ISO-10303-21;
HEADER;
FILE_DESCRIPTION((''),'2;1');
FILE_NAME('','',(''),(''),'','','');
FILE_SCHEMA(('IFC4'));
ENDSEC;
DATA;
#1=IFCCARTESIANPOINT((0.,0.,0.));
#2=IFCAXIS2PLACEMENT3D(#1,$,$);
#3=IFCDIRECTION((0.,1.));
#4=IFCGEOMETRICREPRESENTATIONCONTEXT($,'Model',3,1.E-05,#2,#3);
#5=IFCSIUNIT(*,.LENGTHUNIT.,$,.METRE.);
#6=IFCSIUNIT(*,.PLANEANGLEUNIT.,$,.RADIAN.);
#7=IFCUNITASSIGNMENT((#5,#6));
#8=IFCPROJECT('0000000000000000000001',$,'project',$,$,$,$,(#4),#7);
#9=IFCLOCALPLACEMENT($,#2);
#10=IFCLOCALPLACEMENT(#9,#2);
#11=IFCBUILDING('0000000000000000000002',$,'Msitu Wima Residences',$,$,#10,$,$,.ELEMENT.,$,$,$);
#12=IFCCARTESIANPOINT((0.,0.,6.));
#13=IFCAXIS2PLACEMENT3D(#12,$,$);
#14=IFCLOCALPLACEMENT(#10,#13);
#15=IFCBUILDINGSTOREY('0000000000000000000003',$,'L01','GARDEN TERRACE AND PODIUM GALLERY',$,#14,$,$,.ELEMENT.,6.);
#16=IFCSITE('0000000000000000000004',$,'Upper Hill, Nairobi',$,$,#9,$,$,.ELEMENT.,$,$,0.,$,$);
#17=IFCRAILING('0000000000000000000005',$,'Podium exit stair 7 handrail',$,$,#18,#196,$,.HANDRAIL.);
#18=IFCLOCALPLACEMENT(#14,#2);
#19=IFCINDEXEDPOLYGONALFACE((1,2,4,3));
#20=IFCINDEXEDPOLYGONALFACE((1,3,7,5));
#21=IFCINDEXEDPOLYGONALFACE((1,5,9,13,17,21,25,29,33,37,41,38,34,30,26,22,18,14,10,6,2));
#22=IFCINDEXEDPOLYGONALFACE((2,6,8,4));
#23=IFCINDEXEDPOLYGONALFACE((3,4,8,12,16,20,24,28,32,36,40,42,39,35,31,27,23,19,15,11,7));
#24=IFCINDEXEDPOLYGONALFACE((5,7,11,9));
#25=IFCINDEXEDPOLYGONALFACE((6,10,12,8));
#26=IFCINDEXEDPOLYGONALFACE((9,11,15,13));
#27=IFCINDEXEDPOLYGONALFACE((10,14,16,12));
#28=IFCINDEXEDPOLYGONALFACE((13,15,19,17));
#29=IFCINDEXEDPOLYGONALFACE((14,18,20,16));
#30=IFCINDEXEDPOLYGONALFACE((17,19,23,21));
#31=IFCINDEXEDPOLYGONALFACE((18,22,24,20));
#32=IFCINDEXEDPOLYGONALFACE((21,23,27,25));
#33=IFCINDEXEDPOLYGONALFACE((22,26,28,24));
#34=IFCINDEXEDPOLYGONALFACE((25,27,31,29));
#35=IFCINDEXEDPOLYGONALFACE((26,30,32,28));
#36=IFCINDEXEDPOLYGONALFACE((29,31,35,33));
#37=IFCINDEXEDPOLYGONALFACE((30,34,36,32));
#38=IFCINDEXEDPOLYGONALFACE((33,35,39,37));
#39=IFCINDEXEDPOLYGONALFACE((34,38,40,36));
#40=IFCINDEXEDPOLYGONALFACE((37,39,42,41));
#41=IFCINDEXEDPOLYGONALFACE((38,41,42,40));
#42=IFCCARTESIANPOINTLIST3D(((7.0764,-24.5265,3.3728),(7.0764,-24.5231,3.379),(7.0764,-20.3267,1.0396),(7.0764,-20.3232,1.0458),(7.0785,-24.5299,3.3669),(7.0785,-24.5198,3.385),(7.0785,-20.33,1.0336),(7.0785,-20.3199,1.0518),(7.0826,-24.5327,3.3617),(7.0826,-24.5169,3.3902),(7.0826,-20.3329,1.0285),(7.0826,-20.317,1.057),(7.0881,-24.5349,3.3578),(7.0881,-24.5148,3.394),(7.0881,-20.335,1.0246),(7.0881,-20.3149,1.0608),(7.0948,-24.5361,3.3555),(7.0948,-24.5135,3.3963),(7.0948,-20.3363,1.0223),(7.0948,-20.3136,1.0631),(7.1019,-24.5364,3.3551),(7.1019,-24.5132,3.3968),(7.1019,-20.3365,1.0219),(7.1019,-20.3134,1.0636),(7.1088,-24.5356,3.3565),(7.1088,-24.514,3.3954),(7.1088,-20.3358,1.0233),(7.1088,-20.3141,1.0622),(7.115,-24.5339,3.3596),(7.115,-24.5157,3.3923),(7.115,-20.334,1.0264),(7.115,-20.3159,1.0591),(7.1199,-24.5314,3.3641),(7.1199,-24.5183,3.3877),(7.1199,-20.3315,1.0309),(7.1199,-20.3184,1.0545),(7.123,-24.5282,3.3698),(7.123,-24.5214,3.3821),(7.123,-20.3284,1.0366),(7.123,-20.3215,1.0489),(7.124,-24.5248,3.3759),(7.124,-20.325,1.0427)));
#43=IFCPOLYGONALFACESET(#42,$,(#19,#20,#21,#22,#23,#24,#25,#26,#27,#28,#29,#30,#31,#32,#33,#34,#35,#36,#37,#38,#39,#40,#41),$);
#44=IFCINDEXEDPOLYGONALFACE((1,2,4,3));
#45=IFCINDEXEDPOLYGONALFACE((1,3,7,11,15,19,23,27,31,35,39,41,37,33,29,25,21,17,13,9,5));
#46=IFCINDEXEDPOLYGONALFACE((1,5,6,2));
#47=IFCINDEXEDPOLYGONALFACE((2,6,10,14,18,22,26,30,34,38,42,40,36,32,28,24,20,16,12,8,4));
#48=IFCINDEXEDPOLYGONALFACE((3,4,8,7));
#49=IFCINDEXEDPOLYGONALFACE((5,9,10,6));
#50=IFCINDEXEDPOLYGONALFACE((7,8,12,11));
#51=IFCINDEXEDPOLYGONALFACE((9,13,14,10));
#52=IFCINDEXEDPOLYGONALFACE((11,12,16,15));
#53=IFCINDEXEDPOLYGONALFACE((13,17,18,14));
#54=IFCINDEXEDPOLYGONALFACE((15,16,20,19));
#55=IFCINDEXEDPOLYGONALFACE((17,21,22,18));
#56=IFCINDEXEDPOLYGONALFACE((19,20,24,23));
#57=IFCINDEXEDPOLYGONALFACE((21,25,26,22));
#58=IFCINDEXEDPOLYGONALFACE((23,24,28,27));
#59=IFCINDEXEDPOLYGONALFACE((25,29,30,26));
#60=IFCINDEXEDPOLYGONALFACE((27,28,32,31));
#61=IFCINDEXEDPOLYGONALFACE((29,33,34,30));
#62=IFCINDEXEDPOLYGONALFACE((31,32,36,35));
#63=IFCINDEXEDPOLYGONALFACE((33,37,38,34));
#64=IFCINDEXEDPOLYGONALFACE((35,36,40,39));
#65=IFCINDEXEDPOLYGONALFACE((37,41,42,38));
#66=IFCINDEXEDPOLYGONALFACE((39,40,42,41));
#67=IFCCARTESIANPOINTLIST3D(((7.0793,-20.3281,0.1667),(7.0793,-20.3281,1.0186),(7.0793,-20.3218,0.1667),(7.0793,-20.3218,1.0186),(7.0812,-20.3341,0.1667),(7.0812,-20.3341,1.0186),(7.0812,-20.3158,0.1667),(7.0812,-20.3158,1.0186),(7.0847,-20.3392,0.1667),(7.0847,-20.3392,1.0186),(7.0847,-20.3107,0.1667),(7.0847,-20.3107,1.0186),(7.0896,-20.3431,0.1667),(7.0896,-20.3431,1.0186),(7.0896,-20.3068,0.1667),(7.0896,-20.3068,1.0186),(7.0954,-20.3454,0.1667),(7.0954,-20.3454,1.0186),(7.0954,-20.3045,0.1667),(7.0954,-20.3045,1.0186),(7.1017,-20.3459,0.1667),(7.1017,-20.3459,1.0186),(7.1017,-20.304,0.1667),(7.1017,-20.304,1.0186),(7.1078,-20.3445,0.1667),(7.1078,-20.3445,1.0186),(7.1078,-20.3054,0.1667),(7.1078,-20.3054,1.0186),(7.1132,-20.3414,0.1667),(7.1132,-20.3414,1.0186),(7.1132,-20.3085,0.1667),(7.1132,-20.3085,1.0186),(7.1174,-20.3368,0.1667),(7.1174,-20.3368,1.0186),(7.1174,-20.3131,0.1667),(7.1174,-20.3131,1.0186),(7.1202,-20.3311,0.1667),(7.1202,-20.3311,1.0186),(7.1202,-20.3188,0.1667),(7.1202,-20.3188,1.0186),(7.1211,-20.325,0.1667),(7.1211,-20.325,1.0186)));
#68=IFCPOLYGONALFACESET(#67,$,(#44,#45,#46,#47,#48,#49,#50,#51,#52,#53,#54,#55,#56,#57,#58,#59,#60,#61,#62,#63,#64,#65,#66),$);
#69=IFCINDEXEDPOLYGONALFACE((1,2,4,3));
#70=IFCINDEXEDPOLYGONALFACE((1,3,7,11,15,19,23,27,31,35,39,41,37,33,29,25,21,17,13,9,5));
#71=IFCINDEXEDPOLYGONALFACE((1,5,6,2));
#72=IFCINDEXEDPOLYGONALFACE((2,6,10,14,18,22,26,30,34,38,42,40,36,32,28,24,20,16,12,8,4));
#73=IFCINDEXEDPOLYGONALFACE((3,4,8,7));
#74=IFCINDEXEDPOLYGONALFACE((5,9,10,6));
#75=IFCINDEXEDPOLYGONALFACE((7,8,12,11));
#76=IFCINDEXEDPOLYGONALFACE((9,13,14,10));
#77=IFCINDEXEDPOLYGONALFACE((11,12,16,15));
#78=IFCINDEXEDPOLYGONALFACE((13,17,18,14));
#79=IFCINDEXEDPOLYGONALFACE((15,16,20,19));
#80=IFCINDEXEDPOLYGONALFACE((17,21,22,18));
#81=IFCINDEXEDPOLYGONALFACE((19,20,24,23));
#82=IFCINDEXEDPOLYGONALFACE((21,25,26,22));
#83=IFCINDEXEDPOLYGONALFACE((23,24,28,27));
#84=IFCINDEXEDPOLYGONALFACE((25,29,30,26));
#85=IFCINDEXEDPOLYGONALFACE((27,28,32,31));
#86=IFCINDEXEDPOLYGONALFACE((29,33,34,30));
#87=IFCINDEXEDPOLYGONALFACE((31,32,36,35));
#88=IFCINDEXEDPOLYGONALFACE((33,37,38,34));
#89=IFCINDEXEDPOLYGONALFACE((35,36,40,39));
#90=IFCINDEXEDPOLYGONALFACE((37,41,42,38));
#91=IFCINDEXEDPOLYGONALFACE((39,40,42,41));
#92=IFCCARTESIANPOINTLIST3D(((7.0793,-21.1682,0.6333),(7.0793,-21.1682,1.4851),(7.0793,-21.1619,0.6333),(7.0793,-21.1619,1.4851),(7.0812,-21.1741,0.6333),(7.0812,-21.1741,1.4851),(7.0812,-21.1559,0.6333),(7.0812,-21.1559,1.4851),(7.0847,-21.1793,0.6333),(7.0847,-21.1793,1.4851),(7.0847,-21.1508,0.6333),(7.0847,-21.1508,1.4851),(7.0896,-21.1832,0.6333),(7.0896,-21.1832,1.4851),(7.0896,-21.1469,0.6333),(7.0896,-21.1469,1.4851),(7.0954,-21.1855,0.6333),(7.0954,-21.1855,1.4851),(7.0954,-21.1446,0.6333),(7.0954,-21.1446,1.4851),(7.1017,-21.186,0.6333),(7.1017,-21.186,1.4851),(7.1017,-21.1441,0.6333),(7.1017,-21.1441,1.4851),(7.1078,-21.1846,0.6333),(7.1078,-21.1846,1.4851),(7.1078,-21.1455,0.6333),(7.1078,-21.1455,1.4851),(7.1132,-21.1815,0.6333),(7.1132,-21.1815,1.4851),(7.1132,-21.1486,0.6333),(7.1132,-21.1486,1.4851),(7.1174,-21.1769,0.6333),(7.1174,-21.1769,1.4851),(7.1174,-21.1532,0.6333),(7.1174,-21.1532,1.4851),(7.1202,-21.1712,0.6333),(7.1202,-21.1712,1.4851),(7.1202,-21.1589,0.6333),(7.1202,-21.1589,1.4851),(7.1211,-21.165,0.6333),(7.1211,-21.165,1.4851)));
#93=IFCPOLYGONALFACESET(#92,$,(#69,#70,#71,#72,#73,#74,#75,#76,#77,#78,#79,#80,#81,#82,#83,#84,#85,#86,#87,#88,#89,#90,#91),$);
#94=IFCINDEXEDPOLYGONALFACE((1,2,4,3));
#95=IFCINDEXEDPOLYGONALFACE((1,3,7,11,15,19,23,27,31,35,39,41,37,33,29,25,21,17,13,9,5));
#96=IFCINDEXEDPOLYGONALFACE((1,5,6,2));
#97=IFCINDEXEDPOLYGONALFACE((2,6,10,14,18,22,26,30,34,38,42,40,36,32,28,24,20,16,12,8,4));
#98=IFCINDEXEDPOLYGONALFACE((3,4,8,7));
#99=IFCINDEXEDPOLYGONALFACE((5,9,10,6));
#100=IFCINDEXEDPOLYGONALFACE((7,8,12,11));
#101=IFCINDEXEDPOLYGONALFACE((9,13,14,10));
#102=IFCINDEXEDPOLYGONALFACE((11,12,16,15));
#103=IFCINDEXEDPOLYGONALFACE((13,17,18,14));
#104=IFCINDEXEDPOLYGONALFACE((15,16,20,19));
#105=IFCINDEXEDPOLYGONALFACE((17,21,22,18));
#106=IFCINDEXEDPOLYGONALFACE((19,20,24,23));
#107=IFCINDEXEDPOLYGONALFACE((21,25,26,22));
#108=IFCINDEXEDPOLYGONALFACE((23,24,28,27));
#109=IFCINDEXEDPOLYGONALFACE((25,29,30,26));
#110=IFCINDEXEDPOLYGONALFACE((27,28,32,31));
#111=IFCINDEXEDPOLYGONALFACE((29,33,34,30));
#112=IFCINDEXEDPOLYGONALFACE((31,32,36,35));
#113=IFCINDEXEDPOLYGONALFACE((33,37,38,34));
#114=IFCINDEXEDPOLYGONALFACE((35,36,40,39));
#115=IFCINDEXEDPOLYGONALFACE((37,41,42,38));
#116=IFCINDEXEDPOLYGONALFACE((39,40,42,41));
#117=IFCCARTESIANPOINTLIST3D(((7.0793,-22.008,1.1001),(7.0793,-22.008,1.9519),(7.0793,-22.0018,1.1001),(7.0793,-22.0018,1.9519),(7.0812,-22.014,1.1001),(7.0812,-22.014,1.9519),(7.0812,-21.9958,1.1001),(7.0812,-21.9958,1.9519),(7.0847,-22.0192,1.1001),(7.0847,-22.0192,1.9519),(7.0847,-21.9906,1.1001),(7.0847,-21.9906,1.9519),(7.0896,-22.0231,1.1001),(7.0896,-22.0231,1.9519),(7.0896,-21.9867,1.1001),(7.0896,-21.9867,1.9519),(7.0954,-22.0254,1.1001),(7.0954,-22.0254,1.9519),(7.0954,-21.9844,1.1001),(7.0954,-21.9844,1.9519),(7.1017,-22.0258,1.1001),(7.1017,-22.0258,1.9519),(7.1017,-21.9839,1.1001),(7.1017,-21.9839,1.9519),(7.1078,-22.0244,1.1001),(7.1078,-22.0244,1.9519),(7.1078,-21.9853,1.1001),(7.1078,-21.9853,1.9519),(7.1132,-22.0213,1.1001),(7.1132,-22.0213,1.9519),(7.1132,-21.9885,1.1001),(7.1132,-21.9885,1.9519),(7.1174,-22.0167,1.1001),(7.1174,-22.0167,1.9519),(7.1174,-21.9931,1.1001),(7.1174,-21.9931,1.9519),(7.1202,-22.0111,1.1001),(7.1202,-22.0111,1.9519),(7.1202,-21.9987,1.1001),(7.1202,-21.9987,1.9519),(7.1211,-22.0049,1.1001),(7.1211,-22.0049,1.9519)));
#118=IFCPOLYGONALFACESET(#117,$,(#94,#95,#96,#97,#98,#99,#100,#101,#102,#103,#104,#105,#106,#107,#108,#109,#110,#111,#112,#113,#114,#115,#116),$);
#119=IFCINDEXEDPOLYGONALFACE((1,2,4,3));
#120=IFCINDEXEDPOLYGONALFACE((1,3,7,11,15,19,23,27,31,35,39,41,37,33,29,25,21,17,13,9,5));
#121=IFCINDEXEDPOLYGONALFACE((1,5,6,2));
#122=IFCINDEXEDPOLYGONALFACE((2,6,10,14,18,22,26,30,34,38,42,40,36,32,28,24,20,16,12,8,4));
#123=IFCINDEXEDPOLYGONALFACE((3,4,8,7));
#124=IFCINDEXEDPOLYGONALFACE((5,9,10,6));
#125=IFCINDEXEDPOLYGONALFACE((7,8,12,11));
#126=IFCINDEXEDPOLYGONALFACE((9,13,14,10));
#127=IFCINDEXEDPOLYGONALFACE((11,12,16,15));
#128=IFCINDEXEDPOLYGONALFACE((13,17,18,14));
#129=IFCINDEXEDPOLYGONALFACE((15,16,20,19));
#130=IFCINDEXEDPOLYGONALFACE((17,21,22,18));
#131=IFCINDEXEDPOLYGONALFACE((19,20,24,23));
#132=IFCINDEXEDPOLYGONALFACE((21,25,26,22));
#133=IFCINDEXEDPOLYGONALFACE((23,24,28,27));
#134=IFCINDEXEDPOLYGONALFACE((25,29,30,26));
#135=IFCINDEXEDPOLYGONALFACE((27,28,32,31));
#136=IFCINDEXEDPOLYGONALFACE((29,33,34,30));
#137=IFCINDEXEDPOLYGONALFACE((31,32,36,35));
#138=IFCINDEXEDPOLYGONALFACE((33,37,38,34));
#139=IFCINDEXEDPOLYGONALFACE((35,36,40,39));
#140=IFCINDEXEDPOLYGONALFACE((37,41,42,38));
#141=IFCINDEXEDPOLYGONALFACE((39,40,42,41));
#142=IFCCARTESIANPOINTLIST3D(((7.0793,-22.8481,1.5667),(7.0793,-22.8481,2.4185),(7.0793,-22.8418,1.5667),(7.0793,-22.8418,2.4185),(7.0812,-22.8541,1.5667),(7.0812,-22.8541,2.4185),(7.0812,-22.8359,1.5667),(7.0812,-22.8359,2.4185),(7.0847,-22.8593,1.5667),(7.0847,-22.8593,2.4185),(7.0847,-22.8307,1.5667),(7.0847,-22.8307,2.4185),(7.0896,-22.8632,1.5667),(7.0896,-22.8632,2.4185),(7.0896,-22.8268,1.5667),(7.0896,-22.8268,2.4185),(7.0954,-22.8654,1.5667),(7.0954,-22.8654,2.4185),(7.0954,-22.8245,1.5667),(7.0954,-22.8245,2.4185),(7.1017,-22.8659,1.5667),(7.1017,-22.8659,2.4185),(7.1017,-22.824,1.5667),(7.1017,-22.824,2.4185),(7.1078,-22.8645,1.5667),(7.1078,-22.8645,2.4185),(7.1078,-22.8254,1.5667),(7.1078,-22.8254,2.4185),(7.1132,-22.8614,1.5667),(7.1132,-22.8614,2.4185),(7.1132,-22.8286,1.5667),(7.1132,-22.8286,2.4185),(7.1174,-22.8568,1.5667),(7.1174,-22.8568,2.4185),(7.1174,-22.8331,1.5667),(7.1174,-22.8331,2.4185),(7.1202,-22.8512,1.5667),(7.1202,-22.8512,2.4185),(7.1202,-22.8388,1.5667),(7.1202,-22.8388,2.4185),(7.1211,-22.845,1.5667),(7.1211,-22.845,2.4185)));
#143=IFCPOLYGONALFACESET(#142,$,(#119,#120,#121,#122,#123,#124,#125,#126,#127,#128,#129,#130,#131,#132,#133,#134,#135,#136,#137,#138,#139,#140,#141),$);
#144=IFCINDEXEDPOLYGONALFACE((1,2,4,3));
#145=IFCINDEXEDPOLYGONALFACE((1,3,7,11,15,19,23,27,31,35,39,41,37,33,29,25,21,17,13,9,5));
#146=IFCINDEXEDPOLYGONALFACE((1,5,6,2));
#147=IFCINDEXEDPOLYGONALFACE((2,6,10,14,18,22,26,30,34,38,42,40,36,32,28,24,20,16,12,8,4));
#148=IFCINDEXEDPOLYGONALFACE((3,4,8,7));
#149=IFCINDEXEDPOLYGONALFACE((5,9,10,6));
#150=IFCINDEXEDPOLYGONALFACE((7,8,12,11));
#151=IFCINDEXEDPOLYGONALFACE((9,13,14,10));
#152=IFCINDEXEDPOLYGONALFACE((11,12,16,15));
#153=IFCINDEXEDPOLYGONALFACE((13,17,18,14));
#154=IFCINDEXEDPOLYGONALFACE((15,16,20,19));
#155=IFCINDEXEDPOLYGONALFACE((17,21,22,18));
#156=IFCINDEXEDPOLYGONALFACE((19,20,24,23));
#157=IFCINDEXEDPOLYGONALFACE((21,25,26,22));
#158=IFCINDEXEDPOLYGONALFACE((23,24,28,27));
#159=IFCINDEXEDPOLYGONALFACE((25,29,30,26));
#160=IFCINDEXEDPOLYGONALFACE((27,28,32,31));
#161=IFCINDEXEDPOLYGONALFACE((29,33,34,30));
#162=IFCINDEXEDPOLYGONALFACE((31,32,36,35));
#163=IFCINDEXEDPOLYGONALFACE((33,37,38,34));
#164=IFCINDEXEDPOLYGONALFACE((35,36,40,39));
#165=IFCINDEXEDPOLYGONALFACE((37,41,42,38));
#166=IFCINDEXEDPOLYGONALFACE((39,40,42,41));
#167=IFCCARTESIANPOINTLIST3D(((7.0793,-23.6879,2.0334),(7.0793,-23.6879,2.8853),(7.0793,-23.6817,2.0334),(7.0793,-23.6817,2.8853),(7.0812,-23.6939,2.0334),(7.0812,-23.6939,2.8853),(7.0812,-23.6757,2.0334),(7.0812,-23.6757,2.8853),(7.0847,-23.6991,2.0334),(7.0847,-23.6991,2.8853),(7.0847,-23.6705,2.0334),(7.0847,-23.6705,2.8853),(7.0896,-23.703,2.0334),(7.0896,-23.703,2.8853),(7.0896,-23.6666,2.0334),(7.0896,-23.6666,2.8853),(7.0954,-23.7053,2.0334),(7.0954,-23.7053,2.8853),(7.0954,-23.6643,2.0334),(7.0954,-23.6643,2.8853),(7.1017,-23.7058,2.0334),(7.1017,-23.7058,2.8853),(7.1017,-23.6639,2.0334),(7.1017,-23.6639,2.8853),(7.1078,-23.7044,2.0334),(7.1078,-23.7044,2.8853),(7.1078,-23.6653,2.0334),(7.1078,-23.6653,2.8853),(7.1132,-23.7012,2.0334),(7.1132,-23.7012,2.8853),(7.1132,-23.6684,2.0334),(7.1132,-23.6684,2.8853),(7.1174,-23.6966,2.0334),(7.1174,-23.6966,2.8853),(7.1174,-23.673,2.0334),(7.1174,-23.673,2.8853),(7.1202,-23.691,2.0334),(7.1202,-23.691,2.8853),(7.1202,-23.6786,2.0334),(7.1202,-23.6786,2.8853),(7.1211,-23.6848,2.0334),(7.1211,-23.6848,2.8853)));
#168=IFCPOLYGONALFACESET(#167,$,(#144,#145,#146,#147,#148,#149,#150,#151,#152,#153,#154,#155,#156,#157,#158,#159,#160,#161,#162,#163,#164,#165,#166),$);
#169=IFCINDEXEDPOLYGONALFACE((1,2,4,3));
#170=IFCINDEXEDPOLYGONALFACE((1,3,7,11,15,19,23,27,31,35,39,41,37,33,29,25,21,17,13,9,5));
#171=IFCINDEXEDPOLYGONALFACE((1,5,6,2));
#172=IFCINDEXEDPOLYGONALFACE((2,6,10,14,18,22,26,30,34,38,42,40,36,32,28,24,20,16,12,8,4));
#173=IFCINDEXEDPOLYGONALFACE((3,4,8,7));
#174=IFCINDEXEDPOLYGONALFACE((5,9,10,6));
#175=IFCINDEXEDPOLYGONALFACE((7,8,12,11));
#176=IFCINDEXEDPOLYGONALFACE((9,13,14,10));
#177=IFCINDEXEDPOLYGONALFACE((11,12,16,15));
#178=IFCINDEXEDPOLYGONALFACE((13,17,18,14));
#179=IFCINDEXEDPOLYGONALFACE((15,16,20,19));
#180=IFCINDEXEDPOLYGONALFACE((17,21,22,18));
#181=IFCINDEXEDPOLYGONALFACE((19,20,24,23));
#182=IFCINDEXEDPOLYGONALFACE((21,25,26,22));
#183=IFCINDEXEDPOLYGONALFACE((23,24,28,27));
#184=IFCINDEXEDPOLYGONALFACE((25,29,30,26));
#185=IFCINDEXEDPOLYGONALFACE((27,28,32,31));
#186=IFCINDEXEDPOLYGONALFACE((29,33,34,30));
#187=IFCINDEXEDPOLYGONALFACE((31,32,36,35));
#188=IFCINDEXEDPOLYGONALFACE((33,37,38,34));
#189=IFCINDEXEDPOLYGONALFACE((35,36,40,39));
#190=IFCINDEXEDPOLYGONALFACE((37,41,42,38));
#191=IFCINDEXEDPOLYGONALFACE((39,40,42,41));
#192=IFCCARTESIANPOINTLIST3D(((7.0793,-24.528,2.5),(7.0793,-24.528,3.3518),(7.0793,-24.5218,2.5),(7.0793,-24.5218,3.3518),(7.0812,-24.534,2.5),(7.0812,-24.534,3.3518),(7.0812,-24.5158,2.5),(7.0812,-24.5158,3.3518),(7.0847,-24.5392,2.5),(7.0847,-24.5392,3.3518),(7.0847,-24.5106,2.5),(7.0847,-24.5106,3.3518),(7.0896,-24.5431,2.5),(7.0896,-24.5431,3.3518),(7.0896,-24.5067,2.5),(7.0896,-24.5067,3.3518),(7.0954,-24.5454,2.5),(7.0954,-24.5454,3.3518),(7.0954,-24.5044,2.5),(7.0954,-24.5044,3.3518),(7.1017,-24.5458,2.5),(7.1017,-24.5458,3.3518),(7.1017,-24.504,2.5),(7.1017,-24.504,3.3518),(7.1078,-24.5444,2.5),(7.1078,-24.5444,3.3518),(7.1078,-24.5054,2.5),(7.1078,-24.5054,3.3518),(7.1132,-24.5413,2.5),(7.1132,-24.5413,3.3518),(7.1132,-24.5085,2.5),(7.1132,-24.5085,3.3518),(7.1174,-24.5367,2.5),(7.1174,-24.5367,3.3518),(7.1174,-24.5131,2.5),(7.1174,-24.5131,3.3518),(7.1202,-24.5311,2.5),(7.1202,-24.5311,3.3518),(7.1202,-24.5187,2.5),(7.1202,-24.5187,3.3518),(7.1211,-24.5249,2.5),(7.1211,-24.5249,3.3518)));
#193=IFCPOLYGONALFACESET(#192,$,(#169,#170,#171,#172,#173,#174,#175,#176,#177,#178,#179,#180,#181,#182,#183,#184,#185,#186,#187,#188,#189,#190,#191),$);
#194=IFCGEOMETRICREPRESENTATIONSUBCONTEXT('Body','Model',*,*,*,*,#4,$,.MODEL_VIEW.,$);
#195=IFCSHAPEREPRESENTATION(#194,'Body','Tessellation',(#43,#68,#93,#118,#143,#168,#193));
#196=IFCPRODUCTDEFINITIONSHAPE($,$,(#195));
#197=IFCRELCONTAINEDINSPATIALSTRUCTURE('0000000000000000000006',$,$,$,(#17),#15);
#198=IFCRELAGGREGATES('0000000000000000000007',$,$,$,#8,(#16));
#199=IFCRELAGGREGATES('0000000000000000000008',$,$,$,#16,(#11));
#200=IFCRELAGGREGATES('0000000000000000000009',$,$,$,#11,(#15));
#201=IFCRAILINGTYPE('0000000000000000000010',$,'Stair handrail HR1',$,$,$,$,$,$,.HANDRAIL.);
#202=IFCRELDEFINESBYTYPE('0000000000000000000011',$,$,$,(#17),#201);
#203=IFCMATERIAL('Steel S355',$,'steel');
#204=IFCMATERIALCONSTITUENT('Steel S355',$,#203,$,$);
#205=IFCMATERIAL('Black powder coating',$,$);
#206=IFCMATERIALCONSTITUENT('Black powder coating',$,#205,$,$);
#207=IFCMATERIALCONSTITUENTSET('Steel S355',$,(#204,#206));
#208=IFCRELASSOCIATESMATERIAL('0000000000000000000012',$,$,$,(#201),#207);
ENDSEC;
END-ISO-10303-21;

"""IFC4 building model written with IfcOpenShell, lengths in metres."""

from ifc_helpers import new_model, si_unit, direction, frame, origin, origin_2d, place, context, subcontext, project, spatial, circle, extrude, material, constituent, constituent_set, type_object, element, save


model = new_model("IFC4")

# Units and contexts
model_context = context("Model", 3, precision=1e-05, world=origin(), true_north=direction((0.0, 1.0)))
body_context = subcontext(model_context, "Body", "Model", "MODEL_VIEW")
ifc_project = project(units=[si_unit("LENGTHUNIT", "METRE"), si_unit("PLANEANGLEUNIT", "RADIAN")], contexts=[model_context])

# Site, building, storey
site_placement = place(None, origin())
site = spatial("IfcSite", under=ifc_project, at=site_placement, Name="Upper Hill, Nairobi", CompositionType="ELEMENT", RefElevation=0.0)
building_placement = place(site_placement, origin())
building = spatial("IfcBuilding", under=site, at=building_placement, Name="Msitu Wima Residences", CompositionType="ELEMENT")
storey_placement = place(building_placement, frame((0.0, 0.0, 6.0)))
storey = spatial("IfcBuildingStorey", under=building, at=storey_placement, Name="L01", Description="GARDEN TERRACE AND PODIUM GALLERY", CompositionType="ELEMENT", Elevation=6.0)

# Railing
ifc_material_1 = material(Name="Steel S355", Category="steel")
ifc_constituent_1 = constituent(ifc_material_1, Name="Steel S355")
ifc_material_2 = material(Name="Black powder coating")
ifc_constituent_2 = constituent(ifc_material_2, Name="Black powder coating")
ifc_constituent_set = constituent_set(constituents=[ifc_constituent_1, ifc_constituent_2], Name="Steel S355")
railing_type = type_object("IfcRailingType", Name="Stair handrail HR1", PredefinedType="HANDRAIL", material=ifc_constituent_set)
railing_1_placement = place(storey_placement, frame((7.1001, -20.325, 0.1667)))
element("IfcRailing", 1, at=railing_1_placement, inside=storey, type_object=railing_type, Name="Podium exit stair 7 handrail", PredefinedType="HANDRAIL", context=body_context, shape_type="SweptSolid", body=[
    extrude(circle(Radius=0.0239, at=origin_2d()), frame((0.0, 0.0, 0.876), z_axis=(0.0, -0.874162, 0.485634), x_axis=(1.0, 0.0, 0.0)), (0.0, 0.0, 1.0), 4.8044),
    extrude(circle(Radius=0.021, at=origin_2d()), origin(), (0.0, 0.0, 1.0), 0.8518),
    extrude(circle(Radius=0.021, at=origin_2d()), frame((0.0, -0.8401, 0.4666)), (0.0, 0.0, 1.0), 0.8518),
    extrude(circle(Radius=0.021, at=origin_2d()), frame((0.0, -1.6799, 0.9333)), (0.0, 0.0, 1.0), 0.8518),
    extrude(circle(Radius=0.021, at=origin_2d()), frame((0.0, -2.52, 1.3999)), (0.0, 0.0, 1.0), 0.8518),
    extrude(circle(Radius=0.021, at=origin_2d()), frame((0.0, -3.3599, 1.8667)), (0.0, 0.0, 1.0), 0.8518),
    extrude(circle(Radius=0.021, at=origin_2d()), frame((0.0, -4.2, 2.3333)), (0.0, 0.0, 1.0), 0.8518),
])

save(model, "model.ifc")
